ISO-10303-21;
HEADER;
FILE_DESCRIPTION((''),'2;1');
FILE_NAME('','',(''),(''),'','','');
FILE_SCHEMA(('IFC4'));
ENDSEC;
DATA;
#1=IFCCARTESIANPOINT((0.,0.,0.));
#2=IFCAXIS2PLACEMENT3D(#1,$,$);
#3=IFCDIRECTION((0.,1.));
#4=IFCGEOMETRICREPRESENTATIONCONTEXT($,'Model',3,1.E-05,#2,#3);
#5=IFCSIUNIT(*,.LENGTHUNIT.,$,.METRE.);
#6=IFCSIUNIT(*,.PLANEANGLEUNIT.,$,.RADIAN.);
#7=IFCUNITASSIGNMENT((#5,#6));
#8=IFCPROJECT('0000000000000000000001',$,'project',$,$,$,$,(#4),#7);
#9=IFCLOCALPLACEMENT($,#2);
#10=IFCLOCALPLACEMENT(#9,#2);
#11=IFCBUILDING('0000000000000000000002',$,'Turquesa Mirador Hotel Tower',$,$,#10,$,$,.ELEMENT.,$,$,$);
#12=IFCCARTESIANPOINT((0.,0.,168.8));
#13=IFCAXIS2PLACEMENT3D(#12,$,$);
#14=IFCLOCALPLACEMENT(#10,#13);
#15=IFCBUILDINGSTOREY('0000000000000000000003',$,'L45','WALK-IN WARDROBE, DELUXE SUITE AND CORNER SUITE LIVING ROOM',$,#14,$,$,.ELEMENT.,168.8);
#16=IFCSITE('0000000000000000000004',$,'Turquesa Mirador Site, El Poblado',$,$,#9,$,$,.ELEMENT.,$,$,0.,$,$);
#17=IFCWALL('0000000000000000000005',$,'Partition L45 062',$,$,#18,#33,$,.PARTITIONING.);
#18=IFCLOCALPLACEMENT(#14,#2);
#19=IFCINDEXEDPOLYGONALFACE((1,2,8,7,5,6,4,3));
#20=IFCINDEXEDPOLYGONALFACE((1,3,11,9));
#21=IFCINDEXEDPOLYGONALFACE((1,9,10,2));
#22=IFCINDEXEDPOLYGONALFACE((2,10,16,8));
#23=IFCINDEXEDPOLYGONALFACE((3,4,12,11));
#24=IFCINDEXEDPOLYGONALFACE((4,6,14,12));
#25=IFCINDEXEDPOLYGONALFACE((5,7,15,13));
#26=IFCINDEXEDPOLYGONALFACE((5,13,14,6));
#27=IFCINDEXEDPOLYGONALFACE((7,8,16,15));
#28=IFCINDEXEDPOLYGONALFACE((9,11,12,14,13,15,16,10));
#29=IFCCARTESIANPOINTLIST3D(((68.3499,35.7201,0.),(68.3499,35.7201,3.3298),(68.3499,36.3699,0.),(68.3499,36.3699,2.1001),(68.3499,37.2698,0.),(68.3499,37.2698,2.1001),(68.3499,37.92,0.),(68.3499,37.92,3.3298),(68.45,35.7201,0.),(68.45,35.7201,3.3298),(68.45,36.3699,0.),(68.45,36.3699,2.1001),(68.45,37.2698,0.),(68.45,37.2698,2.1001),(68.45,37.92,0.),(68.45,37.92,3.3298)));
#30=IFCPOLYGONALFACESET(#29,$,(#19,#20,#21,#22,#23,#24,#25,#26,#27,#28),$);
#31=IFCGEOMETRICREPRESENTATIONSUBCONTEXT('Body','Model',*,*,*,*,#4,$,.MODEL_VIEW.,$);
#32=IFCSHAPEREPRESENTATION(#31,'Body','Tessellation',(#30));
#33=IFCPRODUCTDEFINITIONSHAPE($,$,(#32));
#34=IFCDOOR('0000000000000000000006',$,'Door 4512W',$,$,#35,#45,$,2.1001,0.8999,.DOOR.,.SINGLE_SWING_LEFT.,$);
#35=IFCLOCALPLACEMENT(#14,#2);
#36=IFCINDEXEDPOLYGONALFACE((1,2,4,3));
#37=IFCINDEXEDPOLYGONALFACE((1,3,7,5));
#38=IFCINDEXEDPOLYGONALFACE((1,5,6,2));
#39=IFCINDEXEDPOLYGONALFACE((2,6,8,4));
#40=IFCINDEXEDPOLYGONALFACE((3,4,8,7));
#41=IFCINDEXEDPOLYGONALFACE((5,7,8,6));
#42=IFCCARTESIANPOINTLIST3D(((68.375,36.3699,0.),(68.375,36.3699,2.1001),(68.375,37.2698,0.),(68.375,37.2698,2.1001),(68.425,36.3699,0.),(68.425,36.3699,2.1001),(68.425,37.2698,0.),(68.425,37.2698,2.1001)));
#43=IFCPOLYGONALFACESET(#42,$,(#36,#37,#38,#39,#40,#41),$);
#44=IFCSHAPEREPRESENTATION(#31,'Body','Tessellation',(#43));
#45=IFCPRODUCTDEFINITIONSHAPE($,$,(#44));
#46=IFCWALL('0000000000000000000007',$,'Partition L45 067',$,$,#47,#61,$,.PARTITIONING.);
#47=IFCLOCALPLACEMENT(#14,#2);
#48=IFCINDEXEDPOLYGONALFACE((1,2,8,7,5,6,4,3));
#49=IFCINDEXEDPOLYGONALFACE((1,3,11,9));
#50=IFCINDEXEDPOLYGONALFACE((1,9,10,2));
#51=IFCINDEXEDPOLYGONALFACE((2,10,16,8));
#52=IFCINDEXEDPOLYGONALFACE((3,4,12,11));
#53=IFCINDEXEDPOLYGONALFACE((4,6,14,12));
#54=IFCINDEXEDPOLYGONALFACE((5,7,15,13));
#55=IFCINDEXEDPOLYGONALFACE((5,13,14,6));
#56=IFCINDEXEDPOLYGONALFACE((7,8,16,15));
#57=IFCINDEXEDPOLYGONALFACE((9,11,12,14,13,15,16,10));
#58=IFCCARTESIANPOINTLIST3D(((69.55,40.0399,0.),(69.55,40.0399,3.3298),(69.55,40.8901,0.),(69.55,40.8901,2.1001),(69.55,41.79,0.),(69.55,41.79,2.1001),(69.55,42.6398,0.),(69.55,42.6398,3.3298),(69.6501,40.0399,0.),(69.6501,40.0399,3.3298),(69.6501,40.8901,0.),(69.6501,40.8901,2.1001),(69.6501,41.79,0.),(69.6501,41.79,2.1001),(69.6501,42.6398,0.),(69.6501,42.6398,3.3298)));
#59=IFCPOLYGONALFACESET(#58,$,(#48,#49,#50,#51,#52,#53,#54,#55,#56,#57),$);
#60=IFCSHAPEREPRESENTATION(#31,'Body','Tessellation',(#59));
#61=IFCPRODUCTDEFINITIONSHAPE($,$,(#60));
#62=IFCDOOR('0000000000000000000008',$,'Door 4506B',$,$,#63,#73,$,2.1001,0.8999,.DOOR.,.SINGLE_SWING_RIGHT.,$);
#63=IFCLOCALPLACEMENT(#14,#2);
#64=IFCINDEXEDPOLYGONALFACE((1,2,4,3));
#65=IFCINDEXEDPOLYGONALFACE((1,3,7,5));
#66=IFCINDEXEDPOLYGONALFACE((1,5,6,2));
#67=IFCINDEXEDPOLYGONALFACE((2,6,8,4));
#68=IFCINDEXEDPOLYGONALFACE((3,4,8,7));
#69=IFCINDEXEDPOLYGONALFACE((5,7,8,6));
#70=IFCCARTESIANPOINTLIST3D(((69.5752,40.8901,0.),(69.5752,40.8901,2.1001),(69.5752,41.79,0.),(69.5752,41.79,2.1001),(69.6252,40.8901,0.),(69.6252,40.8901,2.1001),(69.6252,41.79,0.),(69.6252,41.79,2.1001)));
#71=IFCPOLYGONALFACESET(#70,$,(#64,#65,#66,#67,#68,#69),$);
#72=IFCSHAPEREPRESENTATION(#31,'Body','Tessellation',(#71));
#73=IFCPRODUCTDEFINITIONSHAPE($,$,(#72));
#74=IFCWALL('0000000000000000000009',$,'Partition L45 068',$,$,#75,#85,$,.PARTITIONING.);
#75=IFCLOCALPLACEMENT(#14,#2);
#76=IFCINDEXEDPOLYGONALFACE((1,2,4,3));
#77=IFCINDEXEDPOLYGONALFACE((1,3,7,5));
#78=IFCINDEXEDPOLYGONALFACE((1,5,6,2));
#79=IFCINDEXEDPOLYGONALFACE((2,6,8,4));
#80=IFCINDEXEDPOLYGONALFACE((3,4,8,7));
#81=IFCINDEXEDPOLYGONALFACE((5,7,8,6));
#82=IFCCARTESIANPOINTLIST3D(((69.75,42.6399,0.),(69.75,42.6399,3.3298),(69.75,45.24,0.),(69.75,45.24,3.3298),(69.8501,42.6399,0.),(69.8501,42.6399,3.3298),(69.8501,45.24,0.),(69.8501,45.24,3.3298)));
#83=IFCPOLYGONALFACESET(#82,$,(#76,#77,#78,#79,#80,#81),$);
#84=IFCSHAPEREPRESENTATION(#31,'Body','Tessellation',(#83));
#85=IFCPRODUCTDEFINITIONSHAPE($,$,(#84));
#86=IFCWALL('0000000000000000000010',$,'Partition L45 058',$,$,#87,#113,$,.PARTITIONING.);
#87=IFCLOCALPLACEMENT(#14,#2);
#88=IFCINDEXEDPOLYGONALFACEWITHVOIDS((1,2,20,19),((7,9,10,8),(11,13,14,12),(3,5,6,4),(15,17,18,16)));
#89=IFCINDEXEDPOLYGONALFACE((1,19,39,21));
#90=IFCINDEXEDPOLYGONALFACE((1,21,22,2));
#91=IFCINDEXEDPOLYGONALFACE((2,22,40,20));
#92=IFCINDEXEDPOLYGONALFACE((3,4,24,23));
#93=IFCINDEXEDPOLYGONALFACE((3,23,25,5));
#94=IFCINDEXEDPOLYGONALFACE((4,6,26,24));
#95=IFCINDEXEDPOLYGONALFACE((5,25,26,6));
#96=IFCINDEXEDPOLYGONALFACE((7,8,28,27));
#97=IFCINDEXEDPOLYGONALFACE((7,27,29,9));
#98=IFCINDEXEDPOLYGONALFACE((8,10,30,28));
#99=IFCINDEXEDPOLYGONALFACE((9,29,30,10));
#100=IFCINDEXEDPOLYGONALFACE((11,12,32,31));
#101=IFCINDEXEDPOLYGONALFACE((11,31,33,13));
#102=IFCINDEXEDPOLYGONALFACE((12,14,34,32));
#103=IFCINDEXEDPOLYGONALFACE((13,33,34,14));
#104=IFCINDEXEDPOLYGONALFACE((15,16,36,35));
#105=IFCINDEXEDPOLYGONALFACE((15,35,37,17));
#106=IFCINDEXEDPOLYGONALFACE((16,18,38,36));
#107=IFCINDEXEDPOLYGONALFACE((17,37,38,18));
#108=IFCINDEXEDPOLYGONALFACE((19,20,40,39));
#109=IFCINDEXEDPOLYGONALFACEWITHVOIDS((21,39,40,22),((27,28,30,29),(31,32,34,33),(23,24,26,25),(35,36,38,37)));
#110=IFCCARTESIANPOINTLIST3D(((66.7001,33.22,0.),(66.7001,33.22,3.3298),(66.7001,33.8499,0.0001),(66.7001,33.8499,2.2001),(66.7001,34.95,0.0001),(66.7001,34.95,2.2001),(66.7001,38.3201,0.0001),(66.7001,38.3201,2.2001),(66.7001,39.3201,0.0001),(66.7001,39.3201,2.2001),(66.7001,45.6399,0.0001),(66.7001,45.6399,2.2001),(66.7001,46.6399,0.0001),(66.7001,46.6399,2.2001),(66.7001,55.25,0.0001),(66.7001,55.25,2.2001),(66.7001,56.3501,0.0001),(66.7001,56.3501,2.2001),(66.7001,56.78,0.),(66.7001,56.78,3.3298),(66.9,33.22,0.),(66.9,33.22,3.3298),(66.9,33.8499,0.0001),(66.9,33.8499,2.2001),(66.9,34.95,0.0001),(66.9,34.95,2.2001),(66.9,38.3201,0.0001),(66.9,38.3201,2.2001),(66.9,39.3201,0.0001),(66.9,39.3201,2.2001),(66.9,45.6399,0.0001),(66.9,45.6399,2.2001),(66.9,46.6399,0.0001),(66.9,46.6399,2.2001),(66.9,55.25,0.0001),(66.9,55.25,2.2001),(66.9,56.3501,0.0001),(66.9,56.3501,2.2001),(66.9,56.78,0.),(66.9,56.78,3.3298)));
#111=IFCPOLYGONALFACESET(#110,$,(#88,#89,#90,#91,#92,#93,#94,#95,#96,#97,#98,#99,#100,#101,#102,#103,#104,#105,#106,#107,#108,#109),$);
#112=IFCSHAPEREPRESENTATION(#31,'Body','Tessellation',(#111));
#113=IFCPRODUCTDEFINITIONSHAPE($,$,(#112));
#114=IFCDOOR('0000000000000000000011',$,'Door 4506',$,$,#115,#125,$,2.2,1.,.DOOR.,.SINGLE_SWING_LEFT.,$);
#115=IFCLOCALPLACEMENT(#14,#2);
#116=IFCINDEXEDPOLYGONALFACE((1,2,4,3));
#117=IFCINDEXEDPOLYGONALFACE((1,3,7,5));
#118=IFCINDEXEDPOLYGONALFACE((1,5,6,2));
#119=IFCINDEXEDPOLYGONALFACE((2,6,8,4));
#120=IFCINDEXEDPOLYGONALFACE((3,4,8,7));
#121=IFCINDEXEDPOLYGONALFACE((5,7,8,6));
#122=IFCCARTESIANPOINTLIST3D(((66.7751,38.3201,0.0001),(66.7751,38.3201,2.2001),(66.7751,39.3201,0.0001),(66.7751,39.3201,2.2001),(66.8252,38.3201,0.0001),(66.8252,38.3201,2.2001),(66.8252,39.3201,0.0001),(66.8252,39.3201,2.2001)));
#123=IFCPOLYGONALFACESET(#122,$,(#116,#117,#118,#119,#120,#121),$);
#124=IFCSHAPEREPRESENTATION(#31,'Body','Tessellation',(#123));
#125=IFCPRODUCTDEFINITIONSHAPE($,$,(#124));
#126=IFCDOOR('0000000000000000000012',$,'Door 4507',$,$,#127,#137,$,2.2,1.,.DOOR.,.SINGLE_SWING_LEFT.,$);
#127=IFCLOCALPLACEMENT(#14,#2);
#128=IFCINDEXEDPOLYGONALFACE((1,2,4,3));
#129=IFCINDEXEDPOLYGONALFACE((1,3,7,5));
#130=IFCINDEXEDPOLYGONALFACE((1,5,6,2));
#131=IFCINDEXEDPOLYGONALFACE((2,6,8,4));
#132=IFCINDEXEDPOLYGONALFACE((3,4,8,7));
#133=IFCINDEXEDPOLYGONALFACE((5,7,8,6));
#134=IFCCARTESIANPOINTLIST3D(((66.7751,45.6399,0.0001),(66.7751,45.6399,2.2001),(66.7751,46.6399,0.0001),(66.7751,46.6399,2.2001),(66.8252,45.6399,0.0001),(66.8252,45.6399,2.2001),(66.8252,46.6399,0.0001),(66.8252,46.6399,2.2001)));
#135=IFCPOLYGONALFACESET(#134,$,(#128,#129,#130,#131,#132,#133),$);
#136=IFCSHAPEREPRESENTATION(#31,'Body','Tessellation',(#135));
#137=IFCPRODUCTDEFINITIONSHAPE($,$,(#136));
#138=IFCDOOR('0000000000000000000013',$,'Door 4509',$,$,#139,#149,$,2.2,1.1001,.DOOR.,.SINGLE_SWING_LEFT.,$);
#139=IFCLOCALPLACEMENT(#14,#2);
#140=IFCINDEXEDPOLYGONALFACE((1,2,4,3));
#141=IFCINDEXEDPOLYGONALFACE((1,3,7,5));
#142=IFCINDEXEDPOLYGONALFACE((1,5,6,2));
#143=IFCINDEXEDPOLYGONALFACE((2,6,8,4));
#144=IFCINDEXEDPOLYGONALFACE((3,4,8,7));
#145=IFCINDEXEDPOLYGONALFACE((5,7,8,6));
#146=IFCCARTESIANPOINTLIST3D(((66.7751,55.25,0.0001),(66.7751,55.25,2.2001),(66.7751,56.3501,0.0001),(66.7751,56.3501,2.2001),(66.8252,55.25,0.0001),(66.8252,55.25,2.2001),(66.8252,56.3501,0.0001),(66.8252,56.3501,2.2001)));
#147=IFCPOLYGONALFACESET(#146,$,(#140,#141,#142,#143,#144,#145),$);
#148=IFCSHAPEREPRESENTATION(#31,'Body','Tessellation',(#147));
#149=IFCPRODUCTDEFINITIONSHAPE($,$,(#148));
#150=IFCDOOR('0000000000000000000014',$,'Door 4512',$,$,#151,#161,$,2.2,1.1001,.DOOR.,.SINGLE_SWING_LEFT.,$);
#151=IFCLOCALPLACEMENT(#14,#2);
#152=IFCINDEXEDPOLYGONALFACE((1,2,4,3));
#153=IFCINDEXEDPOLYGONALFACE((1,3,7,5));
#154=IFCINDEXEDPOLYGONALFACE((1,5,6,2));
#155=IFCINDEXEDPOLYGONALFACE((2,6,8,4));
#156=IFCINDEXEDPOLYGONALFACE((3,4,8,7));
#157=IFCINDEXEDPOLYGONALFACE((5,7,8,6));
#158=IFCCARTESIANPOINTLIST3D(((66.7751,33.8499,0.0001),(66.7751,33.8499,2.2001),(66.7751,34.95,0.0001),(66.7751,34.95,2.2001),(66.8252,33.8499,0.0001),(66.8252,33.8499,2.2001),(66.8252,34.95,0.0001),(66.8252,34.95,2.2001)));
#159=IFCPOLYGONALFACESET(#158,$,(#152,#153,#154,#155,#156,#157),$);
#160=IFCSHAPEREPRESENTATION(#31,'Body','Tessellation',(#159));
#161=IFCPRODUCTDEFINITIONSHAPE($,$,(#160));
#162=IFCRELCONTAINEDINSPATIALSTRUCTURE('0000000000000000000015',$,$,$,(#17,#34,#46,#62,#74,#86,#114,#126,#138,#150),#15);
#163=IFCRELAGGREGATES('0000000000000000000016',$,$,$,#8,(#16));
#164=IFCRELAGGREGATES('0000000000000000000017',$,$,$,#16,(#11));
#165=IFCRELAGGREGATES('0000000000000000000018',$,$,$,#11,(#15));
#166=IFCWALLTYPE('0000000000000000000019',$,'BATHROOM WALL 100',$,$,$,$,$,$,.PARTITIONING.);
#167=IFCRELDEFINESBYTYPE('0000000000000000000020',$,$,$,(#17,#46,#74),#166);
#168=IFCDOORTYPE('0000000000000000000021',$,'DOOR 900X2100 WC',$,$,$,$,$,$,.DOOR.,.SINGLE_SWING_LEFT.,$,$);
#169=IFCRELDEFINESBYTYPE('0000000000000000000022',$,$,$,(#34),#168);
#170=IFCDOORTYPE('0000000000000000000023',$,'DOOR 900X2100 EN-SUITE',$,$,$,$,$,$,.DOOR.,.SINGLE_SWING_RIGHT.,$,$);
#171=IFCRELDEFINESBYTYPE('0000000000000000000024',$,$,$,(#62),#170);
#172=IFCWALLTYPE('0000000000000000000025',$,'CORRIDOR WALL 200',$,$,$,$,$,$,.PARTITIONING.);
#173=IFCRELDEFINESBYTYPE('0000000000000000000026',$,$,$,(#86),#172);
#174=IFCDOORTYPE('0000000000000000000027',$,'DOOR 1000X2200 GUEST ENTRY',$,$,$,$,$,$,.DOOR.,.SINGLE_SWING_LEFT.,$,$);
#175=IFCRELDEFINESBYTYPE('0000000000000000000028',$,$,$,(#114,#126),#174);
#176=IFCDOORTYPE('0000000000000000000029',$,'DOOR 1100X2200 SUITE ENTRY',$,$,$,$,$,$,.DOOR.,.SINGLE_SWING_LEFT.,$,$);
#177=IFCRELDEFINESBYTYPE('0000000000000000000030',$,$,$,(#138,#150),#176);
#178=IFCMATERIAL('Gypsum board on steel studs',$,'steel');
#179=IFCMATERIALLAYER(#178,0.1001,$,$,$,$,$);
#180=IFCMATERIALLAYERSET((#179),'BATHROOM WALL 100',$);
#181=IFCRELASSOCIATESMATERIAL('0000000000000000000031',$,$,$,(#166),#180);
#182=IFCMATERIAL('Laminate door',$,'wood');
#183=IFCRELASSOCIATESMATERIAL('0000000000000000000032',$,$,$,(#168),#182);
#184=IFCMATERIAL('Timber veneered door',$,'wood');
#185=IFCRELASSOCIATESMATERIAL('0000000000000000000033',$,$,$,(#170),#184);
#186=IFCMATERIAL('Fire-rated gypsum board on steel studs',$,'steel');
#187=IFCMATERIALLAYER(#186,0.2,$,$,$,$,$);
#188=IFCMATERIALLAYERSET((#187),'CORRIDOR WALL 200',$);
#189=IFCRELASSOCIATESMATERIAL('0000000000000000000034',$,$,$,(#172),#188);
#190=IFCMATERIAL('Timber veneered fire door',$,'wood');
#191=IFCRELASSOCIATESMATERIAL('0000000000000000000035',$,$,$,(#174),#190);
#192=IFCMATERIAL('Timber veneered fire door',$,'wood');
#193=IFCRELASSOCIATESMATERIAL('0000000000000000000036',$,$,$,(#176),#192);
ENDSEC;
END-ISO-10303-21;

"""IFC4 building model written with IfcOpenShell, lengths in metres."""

from ifc_helpers import new_model, si_unit, direction, frame, frame_2d, origin, place, context, subcontext, project, spatial, rectangle, extrude, material, layer, layer_set, type_object, element, fill, save


model = new_model("IFC4")

# Units and contexts
model_context = context("Model", 3, precision=1e-05, world=origin(), true_north=direction((0.0, 1.0)))
body_context = subcontext(model_context, "Body", "Model", "MODEL_VIEW")
ifc_project = project(units=[si_unit("LENGTHUNIT", "METRE"), si_unit("PLANEANGLEUNIT", "RADIAN")], contexts=[model_context])

# Site, building, storey
site_placement = place(None, origin())
site = spatial("IfcSite", under=ifc_project, at=site_placement, Name="Turquesa Mirador Site, El Poblado", CompositionType="ELEMENT", RefElevation=0.0)
building_placement = place(site_placement, origin())
building = spatial("IfcBuilding", under=site, at=building_placement, Name="Turquesa Mirador Hotel Tower", CompositionType="ELEMENT")
storey_placement = place(building_placement, frame((0.0, 0.0, 168.8)))
storey = spatial("IfcBuildingStorey", under=building, at=storey_placement, Name="L45", Description="WALK-IN WARDROBE, DELUXE SUITE AND CORNER SUITE LIVING ROOM", CompositionType="ELEMENT", Elevation=168.8)

# Shared definitions
ifc_material_1 = material(Name="Gypsum board on steel studs", Category="steel")
ifc_layer_1 = layer(ifc_material_1, 0.1001)
ifc_layer_set_1 = layer_set([ifc_layer_1], Name="BATHROOM WALL 100")
wall_type_1 = type_object("IfcWallType", Name="BATHROOM WALL 100", PredefinedType="PARTITIONING", material=ifc_layer_set_1)

# Walls, openings, doors
wall_1_placement = place(storey_placement, frame((68.3999, 35.72, 0.0), z_axis=(0.0, 0.0, 1.0), x_axis=(0.0, 1.0, 0.0)))
wall_1 = element("IfcWall", 1, at=wall_1_placement, inside=storey, type_object=wall_type_1, Name="Partition L45 062", PredefinedType="PARTITIONING", context=body_context, shape_type="SweptSolid", body=[
    extrude(rectangle(XDim=2.2, YDim=0.1001, at=frame_2d((1.1001, 0.0))), origin(), (0.0, 0.0, 1.0), 3.3298),
])
opening_1_placement = place(wall_1_placement, frame((0.6499, 0.0, 0.0)))
opening_1 = element("IfcOpeningElement", 2, at=opening_1_placement, cuts=wall_1, PredefinedType="OPENING", context=body_context, shape_type="SweptSolid", body=[
    extrude(rectangle(XDim=0.8999, YDim=2.1001, at=frame_2d((0.45, 1.05))), frame((0.0, 0.0601, 0.0), z_axis=(0.0, -1.0, 0.0), x_axis=(1.0, 0.0, 0.0)), (0.0, 0.0, 1.0), 0.1201),
])
ifc_material_2 = material(Name="Laminate door", Category="wood")
door_type_1 = type_object("IfcDoorType", Name="DOOR 900X2100 WC", OperationType="SINGLE_SWING_LEFT", PredefinedType="DOOR", material=ifc_material_2)
door_1_placement = place(opening_1_placement, origin())
door_1 = element("IfcDoor", 3, at=door_1_placement, inside=storey, type_object=door_type_1, Name="Door 4512W", OperationType="SINGLE_SWING_LEFT", OverallHeight=2.1001, OverallWidth=0.8999, PredefinedType="DOOR", context=body_context, shape_type="SweptSolid", body=[
    extrude(rectangle(XDim=0.8999, YDim=2.1001, at=frame_2d((0.45, 1.05))), frame((0.0, 0.0249, 0.0), z_axis=(0.0, -1.0, 0.0), x_axis=(1.0, 0.0, 0.0)), (0.0, 0.0, 1.0), 0.05),
])
fill(opening_1, door_1)
wall_2_placement = place(storey_placement, frame((69.6001, 40.04, 0.0), z_axis=(0.0, 0.0, 1.0), x_axis=(0.0, 1.0, 0.0)))
wall_2 = element("IfcWall", 4, at=wall_2_placement, inside=storey, type_object=wall_type_1, Name="Partition L45 067", PredefinedType="PARTITIONING", context=body_context, shape_type="SweptSolid", body=[
    extrude(rectangle(XDim=2.5999, YDim=0.1001, at=frame_2d((1.2998, 0.0))), origin(), (0.0, 0.0, 1.0), 3.3298),
])
opening_2_placement = place(wall_2_placement, frame((0.8501, 0.0, 0.0)))
opening_2 = element("IfcOpeningElement", 5, at=opening_2_placement, cuts=wall_2, PredefinedType="OPENING", context=body_context, shape_type="SweptSolid", body=[
    extrude(rectangle(XDim=0.8999, YDim=2.1001, at=frame_2d((0.45, 1.05))), frame((0.0, 0.0601, 0.0), z_axis=(0.0, -1.0, 0.0), x_axis=(1.0, 0.0, 0.0)), (0.0, 0.0, 1.0), 0.1201),
])
ifc_material_3 = material(Name="Timber veneered door", Category="wood")
door_type_2 = type_object("IfcDoorType", Name="DOOR 900X2100 EN-SUITE", OperationType="SINGLE_SWING_RIGHT", PredefinedType="DOOR", material=ifc_material_3)
door_2_placement = place(opening_2_placement, origin())
door_2 = element("IfcDoor", 6, at=door_2_placement, inside=storey, type_object=door_type_2, Name="Door 4506B", OperationType="SINGLE_SWING_RIGHT", OverallHeight=2.1001, OverallWidth=0.8999, PredefinedType="DOOR", context=body_context, shape_type="SweptSolid", body=[
    extrude(rectangle(XDim=0.8999, YDim=2.1001, at=frame_2d((0.45, 1.05))), frame((0.0, 0.0249, 0.0), z_axis=(0.0, -1.0, 0.0), x_axis=(1.0, 0.0, 0.0)), (0.0, 0.0, 1.0), 0.05),
])
fill(opening_2, door_2)

# Wall
wall_3_placement = place(storey_placement, frame((69.8, 42.6399, 0.0), z_axis=(0.0, 0.0, 1.0), x_axis=(0.0, 1.0, 0.0)))
element("IfcWall", 7, at=wall_3_placement, inside=storey, type_object=wall_type_1, Name="Partition L45 068", PredefinedType="PARTITIONING", context=body_context, shape_type="SweptSolid", body=[
    extrude(rectangle(XDim=2.6001, YDim=0.1001, at=frame_2d((1.3, 0.0))), origin(), (0.0, 0.0, 1.0), 3.3298),
])

# Wall, openings, doors
ifc_material_4 = material(Name="Fire-rated gypsum board on steel studs", Category="steel")
ifc_layer_2 = layer(ifc_material_4, 0.2)
ifc_layer_set_2 = layer_set([ifc_layer_2], Name="CORRIDOR WALL 200")
wall_type_2 = type_object("IfcWallType", Name="CORRIDOR WALL 200", PredefinedType="PARTITIONING", material=ifc_layer_set_2)
wall_4_placement = place(storey_placement, frame((66.8, 33.22, 0.0), z_axis=(0.0, 0.0, 1.0), x_axis=(0.0, 1.0, 0.0)))
wall_4 = element("IfcWall", 8, at=wall_4_placement, inside=storey, type_object=wall_type_2, Name="Partition L45 058", PredefinedType="PARTITIONING", context=body_context, shape_type="SweptSolid", body=[
    extrude(rectangle(XDim=23.5601, YDim=0.2, at=frame_2d((11.78, 0.0))), origin(), (0.0, 0.0, 1.0), 3.3298),
])
opening_3_placement = place(wall_4_placement, frame((5.1001, 0.0, 0.0)))
opening_3 = element("IfcOpeningElement", 9, at=opening_3_placement, cuts=wall_4, PredefinedType="OPENING", context=body_context, shape_type="SweptSolid", body=[
    extrude(rectangle(XDim=1.0, YDim=2.2, at=frame_2d((0.5, 1.1001))), frame((0.0, 0.1099, 0.0), z_axis=(0.0, -1.0, 0.0), x_axis=(1.0, 0.0, 0.0)), (0.0, 0.0, 1.0), 0.22),
])
opening_4_placement = place(wall_4_placement, frame((12.4199, 0.0, 0.0)))
opening_4 = element("IfcOpeningElement", 10, at=opening_4_placement, cuts=wall_4, PredefinedType="OPENING", context=body_context, shape_type="SweptSolid", body=[
    extrude(rectangle(XDim=1.0, YDim=2.2, at=frame_2d((0.5, 1.1001))), frame((0.0, 0.1099, 0.0), z_axis=(0.0, -1.0, 0.0), x_axis=(1.0, 0.0, 0.0)), (0.0, 0.0, 1.0), 0.22),
])
opening_5_placement = place(wall_4_placement, frame((22.03, 0.0, 0.0)))
opening_5 = element("IfcOpeningElement", 11, at=opening_5_placement, cuts=wall_4, PredefinedType="OPENING", context=body_context, shape_type="SweptSolid", body=[
    extrude(rectangle(XDim=1.1001, YDim=2.2, at=frame_2d((0.55, 1.1001))), frame((0.0, 0.1099, 0.0), z_axis=(0.0, -1.0, 0.0), x_axis=(1.0, 0.0, 0.0)), (0.0, 0.0, 1.0), 0.22),
])
opening_6_placement = place(wall_4_placement, frame((0.6299, 0.0, 0.0)))
opening_6 = element("IfcOpeningElement", 12, at=opening_6_placement, cuts=wall_4, PredefinedType="OPENING", context=body_context, shape_type="SweptSolid", body=[
    extrude(rectangle(XDim=1.1001, YDim=2.2, at=frame_2d((0.55, 1.1001))), frame((0.0, 0.1099, 0.0), z_axis=(0.0, -1.0, 0.0), x_axis=(1.0, 0.0, 0.0)), (0.0, 0.0, 1.0), 0.22),
])
ifc_material_5 = material(Name="Timber veneered fire door", Category="wood")
door_type_3 = type_object("IfcDoorType", Name="DOOR 1000X2200 GUEST ENTRY", OperationType="SINGLE_SWING_LEFT", PredefinedType="DOOR", material=ifc_material_5)
door_3_placement = place(opening_3_placement, origin())
door_3 = element("IfcDoor", 13, at=door_3_placement, inside=storey, type_object=door_type_3, Name="Door 4506", OperationType="SINGLE_SWING_LEFT", OverallHeight=2.2, OverallWidth=1.0, PredefinedType="DOOR", context=body_context, shape_type="SweptSolid", body=[
    extrude(rectangle(XDim=1.0, YDim=2.2, at=frame_2d((0.5, 1.1001))), frame((0.0, 0.0249, 0.0), z_axis=(0.0, -1.0, 0.0), x_axis=(1.0, 0.0, 0.0)), (0.0, 0.0, 1.0), 0.05),
])
fill(opening_3, door_3)
door_4_placement = place(opening_4_placement, origin())
door_4 = element("IfcDoor", 14, at=door_4_placement, inside=storey, type_object=door_type_3, Name="Door 4507", OperationType="SINGLE_SWING_LEFT", OverallHeight=2.2, OverallWidth=1.0, PredefinedType="DOOR", context=body_context, shape_type="SweptSolid", body=[
    extrude(rectangle(XDim=1.0, YDim=2.2, at=frame_2d((0.5, 1.1001))), frame((0.0, 0.0249, 0.0), z_axis=(0.0, -1.0, 0.0), x_axis=(1.0, 0.0, 0.0)), (0.0, 0.0, 1.0), 0.05),
])
fill(opening_4, door_4)
ifc_material_6 = material(Name="Timber veneered fire door", Category="wood")
door_type_4 = type_object("IfcDoorType", Name="DOOR 1100X2200 SUITE ENTRY", OperationType="SINGLE_SWING_LEFT", PredefinedType="DOOR", material=ifc_material_6)
door_5_placement = place(opening_5_placement, origin())
door_5 = element("IfcDoor", 15, at=door_5_placement, inside=storey, type_object=door_type_4, Name="Door 4509", OperationType="SINGLE_SWING_LEFT", OverallHeight=2.2, OverallWidth=1.1001, PredefinedType="DOOR", context=body_context, shape_type="SweptSolid", body=[
    extrude(rectangle(XDim=1.1001, YDim=2.2, at=frame_2d((0.55, 1.1001))), frame((0.0, 0.0249, 0.0), z_axis=(0.0, -1.0, 0.0), x_axis=(1.0, 0.0, 0.0)), (0.0, 0.0, 1.0), 0.05),
])
fill(opening_5, door_5)
door_6_placement = place(opening_6_placement, origin())
door_6 = element("IfcDoor", 16, at=door_6_placement, inside=storey, type_object=door_type_4, Name="Door 4512", OperationType="SINGLE_SWING_LEFT", OverallHeight=2.2, OverallWidth=1.1001, PredefinedType="DOOR", context=body_context, shape_type="SweptSolid", body=[
    extrude(rectangle(XDim=1.1001, YDim=2.2, at=frame_2d((0.55, 1.1001))), frame((0.0, 0.0249, 0.0), z_axis=(0.0, -1.0, 0.0), x_axis=(1.0, 0.0, 0.0)), (0.0, 0.0, 1.0), 0.05),
])
fill(opening_6, door_6)

save(model, "model.ifc")
